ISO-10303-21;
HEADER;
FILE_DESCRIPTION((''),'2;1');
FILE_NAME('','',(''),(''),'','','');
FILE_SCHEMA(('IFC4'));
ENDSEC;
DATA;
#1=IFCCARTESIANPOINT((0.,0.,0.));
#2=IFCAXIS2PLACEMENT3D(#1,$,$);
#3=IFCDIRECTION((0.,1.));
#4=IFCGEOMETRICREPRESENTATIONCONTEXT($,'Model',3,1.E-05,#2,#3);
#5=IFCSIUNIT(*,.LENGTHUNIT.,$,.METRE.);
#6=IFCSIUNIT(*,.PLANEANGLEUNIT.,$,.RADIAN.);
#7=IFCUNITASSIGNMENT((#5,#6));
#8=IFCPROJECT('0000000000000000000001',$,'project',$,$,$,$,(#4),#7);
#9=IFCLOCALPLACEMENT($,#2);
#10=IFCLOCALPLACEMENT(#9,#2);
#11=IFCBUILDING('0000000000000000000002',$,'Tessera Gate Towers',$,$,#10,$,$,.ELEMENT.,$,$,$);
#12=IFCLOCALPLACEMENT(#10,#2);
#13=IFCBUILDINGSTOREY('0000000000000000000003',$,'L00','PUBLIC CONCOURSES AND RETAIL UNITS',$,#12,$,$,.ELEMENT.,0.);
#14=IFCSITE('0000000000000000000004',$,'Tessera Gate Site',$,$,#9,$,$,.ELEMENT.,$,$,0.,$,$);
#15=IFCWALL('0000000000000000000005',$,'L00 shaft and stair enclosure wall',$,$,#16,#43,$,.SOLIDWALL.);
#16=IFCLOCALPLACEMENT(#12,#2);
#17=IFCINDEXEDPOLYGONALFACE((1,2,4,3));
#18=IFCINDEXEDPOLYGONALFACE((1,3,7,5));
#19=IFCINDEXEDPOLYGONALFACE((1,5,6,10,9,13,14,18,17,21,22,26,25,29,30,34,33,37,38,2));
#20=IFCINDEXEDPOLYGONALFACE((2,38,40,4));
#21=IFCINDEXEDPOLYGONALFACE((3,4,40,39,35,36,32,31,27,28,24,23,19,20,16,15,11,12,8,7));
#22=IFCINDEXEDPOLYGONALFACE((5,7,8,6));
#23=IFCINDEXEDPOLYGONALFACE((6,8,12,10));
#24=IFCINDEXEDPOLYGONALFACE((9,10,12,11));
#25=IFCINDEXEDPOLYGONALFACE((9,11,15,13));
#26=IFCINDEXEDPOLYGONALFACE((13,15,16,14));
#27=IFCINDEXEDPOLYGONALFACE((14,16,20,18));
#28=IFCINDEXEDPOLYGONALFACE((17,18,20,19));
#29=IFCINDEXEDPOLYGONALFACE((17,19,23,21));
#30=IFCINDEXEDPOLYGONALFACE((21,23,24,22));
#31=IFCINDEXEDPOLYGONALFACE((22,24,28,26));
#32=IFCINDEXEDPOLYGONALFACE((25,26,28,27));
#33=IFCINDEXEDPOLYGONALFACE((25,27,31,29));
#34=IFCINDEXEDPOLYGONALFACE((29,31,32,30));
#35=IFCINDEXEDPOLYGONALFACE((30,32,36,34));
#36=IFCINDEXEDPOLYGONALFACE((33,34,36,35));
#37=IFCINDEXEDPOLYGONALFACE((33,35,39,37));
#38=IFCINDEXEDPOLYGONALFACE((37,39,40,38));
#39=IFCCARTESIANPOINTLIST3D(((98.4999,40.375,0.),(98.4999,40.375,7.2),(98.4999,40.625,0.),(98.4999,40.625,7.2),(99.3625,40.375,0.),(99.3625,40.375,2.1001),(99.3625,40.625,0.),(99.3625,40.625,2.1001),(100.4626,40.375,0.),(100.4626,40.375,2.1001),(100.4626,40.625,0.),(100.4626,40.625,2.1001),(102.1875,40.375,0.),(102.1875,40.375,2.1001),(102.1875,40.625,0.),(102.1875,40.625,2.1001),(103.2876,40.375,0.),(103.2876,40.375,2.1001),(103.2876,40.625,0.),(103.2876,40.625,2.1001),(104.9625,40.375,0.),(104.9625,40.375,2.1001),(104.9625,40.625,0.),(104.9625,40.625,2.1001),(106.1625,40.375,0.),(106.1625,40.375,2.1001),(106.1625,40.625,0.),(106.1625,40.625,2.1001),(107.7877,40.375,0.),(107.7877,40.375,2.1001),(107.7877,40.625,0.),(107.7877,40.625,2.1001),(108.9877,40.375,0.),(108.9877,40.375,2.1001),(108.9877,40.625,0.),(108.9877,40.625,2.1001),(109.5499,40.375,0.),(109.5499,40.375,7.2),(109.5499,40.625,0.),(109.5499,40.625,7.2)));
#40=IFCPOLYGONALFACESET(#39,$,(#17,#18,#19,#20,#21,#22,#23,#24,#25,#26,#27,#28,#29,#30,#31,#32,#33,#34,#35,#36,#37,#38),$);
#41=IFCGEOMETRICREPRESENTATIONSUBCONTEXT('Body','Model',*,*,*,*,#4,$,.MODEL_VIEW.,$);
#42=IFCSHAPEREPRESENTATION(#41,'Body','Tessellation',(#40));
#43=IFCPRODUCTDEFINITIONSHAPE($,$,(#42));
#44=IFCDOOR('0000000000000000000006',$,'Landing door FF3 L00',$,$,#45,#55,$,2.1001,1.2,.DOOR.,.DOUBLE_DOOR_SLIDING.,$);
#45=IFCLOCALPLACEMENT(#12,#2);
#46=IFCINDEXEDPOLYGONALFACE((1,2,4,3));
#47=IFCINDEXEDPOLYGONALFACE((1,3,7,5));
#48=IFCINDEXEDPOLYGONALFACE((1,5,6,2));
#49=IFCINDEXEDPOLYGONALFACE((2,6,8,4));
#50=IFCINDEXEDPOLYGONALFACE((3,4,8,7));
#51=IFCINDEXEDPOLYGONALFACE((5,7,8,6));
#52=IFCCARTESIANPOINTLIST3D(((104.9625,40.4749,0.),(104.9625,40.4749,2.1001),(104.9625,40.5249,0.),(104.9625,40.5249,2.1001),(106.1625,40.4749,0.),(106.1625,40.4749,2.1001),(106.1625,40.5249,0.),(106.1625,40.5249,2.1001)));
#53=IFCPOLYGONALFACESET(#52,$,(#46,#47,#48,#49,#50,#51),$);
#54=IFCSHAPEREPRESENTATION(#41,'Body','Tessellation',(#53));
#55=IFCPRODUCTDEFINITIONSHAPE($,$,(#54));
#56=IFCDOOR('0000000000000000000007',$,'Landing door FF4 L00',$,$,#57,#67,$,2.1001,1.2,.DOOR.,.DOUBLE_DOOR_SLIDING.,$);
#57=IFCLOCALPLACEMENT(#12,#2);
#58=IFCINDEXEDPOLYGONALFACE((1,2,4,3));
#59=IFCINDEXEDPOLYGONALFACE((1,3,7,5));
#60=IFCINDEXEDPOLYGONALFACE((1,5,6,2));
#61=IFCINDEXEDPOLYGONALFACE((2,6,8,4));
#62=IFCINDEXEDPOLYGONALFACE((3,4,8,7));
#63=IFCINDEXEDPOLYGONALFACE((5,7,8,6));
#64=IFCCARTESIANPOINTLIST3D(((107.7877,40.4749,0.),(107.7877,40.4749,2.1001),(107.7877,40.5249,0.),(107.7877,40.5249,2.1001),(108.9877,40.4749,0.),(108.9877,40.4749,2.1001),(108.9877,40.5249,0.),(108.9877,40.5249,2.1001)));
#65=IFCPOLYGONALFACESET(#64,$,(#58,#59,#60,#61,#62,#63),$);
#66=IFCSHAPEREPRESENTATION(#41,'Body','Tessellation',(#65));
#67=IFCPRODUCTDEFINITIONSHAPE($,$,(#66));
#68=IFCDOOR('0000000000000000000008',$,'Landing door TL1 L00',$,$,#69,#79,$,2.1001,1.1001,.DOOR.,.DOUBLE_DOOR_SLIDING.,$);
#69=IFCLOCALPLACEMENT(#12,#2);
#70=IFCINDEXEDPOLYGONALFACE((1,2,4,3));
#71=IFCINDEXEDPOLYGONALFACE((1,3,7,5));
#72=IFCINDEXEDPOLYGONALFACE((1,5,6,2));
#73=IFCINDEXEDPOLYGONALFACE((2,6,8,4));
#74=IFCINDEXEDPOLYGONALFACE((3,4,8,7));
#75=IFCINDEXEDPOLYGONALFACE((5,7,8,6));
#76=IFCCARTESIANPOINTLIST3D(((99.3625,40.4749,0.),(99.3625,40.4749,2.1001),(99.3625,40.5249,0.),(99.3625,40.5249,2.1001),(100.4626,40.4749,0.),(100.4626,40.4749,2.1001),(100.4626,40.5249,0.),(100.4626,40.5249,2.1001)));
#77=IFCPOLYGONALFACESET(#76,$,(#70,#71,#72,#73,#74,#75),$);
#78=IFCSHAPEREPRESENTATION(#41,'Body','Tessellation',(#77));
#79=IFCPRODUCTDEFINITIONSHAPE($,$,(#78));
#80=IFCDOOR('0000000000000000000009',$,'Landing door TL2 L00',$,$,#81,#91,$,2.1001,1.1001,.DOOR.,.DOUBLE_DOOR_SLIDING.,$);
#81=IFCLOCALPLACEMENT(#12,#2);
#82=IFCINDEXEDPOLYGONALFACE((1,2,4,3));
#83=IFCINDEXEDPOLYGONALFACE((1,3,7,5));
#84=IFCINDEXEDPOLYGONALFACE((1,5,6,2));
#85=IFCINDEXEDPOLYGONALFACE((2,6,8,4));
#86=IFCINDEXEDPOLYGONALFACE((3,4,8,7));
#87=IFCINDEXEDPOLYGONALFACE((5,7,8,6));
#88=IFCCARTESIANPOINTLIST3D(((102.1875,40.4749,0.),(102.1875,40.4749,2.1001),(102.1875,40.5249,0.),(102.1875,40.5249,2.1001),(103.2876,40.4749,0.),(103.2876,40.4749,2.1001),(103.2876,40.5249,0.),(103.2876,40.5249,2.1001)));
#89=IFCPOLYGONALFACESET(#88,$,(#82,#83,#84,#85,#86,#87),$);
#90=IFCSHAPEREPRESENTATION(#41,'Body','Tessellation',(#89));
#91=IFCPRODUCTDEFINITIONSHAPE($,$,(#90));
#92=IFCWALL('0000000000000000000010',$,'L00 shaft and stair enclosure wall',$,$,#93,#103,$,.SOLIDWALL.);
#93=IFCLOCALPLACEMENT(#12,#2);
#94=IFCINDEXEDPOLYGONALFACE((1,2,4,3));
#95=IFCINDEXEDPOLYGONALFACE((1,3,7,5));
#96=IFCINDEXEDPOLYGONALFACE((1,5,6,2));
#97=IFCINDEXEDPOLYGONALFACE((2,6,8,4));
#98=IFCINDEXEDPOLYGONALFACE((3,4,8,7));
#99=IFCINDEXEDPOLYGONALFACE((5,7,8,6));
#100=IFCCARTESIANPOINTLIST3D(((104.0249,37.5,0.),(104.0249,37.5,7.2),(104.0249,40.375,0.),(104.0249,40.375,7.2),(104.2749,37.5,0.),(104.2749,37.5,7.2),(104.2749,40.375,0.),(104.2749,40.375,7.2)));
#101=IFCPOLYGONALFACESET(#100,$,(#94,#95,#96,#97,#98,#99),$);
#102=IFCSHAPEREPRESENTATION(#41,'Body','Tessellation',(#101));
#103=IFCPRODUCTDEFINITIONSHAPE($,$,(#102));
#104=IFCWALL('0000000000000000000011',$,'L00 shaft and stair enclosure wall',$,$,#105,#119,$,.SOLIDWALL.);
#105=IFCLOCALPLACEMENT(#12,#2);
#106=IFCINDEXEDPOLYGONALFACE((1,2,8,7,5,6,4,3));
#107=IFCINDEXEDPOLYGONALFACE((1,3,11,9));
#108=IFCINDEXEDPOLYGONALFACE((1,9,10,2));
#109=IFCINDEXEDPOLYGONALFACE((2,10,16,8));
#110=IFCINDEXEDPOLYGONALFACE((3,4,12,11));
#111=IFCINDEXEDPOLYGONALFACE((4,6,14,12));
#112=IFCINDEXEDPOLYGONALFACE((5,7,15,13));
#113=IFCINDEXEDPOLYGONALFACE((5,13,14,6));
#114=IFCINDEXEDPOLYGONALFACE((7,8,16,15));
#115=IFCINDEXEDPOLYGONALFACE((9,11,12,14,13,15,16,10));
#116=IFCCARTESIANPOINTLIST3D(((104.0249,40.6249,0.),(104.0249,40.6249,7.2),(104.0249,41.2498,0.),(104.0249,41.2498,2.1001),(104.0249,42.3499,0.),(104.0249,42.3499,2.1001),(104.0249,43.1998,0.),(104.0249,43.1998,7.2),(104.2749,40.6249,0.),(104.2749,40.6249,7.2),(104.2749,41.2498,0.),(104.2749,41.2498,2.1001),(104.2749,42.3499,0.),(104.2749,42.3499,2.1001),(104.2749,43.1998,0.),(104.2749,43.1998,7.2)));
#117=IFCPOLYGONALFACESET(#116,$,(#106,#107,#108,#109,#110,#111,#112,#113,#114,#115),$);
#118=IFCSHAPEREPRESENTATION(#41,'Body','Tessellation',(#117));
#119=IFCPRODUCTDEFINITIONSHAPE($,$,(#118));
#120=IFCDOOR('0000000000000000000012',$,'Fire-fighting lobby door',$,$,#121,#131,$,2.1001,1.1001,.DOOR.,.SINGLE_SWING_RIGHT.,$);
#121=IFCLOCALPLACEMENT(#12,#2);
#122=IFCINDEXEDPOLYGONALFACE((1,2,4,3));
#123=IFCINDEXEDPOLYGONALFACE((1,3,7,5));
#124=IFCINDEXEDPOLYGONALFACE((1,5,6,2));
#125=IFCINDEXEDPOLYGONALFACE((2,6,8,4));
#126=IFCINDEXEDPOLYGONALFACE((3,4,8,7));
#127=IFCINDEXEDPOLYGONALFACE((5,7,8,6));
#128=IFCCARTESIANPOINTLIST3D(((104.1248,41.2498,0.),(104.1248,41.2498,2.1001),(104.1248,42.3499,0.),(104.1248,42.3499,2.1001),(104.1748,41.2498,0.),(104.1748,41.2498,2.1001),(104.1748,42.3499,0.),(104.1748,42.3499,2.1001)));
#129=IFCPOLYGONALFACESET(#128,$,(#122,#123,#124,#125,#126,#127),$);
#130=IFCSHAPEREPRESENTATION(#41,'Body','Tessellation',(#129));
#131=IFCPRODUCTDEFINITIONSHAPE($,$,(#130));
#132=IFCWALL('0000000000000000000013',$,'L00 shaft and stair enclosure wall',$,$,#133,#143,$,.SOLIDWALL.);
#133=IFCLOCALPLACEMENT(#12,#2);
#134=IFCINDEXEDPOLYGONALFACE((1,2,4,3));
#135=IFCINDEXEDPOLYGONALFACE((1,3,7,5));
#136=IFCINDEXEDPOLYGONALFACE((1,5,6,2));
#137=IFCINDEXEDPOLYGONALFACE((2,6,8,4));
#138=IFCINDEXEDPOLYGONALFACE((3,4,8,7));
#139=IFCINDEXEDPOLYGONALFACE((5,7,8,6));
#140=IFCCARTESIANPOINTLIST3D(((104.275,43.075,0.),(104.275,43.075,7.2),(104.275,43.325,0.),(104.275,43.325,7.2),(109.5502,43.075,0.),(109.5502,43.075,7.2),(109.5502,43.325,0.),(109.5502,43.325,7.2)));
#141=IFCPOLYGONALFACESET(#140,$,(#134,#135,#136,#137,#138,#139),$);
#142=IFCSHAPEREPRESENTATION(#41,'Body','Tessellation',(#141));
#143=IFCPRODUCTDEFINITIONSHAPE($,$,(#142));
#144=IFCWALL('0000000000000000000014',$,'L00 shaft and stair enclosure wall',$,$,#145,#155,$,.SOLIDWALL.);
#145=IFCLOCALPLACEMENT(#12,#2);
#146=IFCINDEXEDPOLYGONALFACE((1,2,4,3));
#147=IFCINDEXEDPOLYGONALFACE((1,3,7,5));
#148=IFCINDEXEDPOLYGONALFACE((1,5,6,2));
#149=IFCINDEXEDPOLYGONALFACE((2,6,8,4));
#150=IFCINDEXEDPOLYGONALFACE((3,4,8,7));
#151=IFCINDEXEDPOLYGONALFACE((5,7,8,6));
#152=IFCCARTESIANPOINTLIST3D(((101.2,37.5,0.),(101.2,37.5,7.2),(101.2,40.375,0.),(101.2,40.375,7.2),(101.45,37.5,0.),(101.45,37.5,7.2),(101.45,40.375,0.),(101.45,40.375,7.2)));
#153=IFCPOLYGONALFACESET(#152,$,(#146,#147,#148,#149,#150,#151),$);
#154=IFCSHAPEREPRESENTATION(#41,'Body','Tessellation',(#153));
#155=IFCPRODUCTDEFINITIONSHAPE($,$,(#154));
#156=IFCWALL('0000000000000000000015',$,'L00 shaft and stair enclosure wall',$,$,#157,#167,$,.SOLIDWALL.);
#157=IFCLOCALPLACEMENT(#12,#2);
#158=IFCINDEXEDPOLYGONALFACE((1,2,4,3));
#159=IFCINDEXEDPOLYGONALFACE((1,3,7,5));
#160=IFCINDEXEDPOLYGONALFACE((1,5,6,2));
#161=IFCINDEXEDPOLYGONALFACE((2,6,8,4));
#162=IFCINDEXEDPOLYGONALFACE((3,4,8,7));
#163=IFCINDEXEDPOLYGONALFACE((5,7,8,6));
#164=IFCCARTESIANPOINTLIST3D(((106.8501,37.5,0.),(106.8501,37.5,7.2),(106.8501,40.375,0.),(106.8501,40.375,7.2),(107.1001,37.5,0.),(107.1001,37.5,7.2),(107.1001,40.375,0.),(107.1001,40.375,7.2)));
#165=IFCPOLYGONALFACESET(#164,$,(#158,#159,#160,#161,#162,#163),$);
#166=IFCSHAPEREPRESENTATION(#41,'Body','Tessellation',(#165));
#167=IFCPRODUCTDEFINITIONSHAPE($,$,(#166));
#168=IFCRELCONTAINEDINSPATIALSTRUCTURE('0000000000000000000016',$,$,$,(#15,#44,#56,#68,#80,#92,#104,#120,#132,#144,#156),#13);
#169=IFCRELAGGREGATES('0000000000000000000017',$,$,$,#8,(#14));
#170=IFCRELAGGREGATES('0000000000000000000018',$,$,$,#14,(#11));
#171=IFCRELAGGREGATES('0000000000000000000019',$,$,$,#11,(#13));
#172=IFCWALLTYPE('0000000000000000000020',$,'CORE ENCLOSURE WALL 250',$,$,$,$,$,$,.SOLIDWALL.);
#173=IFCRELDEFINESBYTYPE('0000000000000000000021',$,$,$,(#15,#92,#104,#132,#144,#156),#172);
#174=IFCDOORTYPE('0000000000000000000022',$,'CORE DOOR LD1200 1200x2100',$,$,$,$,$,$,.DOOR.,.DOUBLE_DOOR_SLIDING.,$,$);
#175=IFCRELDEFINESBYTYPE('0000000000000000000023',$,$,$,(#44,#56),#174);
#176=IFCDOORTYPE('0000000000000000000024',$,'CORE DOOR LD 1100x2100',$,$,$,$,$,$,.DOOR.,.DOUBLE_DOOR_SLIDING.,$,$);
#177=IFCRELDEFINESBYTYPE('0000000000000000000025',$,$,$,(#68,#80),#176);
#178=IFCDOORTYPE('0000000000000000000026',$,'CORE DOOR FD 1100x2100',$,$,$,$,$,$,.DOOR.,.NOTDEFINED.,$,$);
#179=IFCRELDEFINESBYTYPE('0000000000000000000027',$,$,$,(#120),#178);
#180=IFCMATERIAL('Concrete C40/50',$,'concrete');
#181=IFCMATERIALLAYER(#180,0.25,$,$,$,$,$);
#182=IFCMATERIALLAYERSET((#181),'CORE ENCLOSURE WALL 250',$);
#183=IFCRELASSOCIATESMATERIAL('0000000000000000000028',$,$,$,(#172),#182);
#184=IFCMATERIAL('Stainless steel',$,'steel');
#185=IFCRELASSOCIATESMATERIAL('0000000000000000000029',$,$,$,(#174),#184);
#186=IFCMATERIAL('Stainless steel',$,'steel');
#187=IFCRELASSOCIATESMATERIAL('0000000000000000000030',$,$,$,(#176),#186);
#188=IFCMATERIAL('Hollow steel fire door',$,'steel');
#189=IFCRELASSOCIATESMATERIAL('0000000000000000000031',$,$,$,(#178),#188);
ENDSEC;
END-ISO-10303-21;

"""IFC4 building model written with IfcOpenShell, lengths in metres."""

from ifc_helpers import new_model, si_unit, direction, frame, frame_2d, origin, place, context, subcontext, project, spatial, rectangle, extrude, source, transform, mapped, material, layer, layer_set, type_object, element, fill, save


model = new_model("IFC4")

# Units and contexts
model_context = context("Model", 3, precision=1e-05, world=origin(), true_north=direction((0.0, 1.0)))
body_context = subcontext(model_context, "Body", "Model", "MODEL_VIEW")
ifc_project = project(units=[si_unit("LENGTHUNIT", "METRE"), si_unit("PLANEANGLEUNIT", "RADIAN")], contexts=[model_context])

# Site, building, storey
site_placement = place(None, origin())
site = spatial("IfcSite", under=ifc_project, at=site_placement, Name="Tessera Gate Site", CompositionType="ELEMENT", RefElevation=0.0)
building_placement = place(site_placement, origin())
building = spatial("IfcBuilding", under=site, at=building_placement, Name="Tessera Gate Towers", CompositionType="ELEMENT")
storey_placement = place(building_placement, origin())
storey = spatial("IfcBuildingStorey", under=building, at=storey_placement, Name="L00", Description="PUBLIC CONCOURSES AND RETAIL UNITS", CompositionType="ELEMENT", Elevation=0.0)

# Wall, openings, doors
ifc_material_1 = material(Name="Concrete C40/50", Category="concrete")
ifc_layer_1 = layer(ifc_material_1, 0.25)
ifc_layer_set_1 = layer_set([ifc_layer_1], Name="CORE ENCLOSURE WALL 250")
wall_type_1 = type_object("IfcWallType", Name="CORE ENCLOSURE WALL 250", PredefinedType="SOLIDWALL", material=ifc_layer_set_1)
wall_1_placement = place(storey_placement, frame((98.5, 40.5, 0.0), z_axis=(0.0, 0.0, 1.0), x_axis=(1.0, 0.0, 0.0)))
wall_1 = element("IfcWall", 1, at=wall_1_placement, inside=storey, type_object=wall_type_1, Name="L00 shaft and stair enclosure wall", PredefinedType="SOLIDWALL", context=body_context, shape_type="SweptSolid", body=[
    extrude(rectangle(XDim=11.05, YDim=0.25, at=frame_2d((5.5249, 0.0))), origin(), (0.0, 0.0, 1.0), 7.2),
])
shared_shape_1 = source(origin(), body_context, "Body", "SweptSolid", [
    extrude(rectangle(XDim=1.1001, YDim=2.1001, at=frame_2d((0.55, 1.05))), frame((0.0, 0.135, 0.0), z_axis=(0.0, -1.0, 0.0), x_axis=(1.0, 0.0, 0.0)), (0.0, 0.0, 1.0), 0.27),
])
opening_1_placement = place(wall_1_placement, frame((0.8625, 0.0, 0.0)))
opening_1 = element("IfcOpeningElement", 2, at=opening_1_placement, cuts=wall_1, PredefinedType="OPENING", context=body_context, shape_type="MappedRepresentation", body=[
    mapped(shared_shape_1, transform((0.0, 0.0, 0.0), scale=1.0)),
])
opening_2_placement = place(wall_1_placement, frame((3.6875, 0.0, 0.0)))
opening_2 = element("IfcOpeningElement", 3, at=opening_2_placement, cuts=wall_1, PredefinedType="OPENING", context=body_context, shape_type="MappedRepresentation", body=[
    mapped(shared_shape_1, transform((0.0, 0.0, 0.0), scale=1.0)),
])
shared_shape_2 = source(origin(), body_context, "Body", "SweptSolid", [
    extrude(rectangle(XDim=1.2, YDim=2.1001, at=frame_2d((0.6001, 1.05))), frame((0.0, 0.135, 0.0), z_axis=(0.0, -1.0, 0.0), x_axis=(1.0, 0.0, 0.0)), (0.0, 0.0, 1.0), 0.27),
])
opening_3_placement = place(wall_1_placement, frame((6.4624, 0.0, 0.0)))
opening_3 = element("IfcOpeningElement", 4, at=opening_3_placement, cuts=wall_1, PredefinedType="OPENING", context=body_context, shape_type="MappedRepresentation", body=[
    mapped(shared_shape_2, transform((0.0, 0.0, 0.0), scale=1.0)),
])
opening_4_placement = place(wall_1_placement, frame((9.2876, 0.0, 0.0)))
opening_4 = element("IfcOpeningElement", 5, at=opening_4_placement, cuts=wall_1, PredefinedType="OPENING", context=body_context, shape_type="MappedRepresentation", body=[
    mapped(shared_shape_2, transform((0.0, 0.0, 0.0), scale=1.0)),
])
ifc_material_2 = material(Name="Stainless steel", Category="steel")
door_type_1 = type_object("IfcDoorType", Name="CORE DOOR LD1200 1200x2100", OperationType="DOUBLE_DOOR_SLIDING", PredefinedType="DOOR", material=ifc_material_2)
shared_shape_3 = source(origin(), body_context, "Body", "SweptSolid", [
    extrude(rectangle(XDim=1.2, YDim=2.1001, at=frame_2d((0.6001, 1.05))), frame((0.0, 0.0249, 0.0), z_axis=(0.0, -1.0, 0.0), x_axis=(1.0, 0.0, 0.0)), (0.0, 0.0, 1.0), 0.05),
])
door_1_placement = place(opening_3_placement, origin())
door_1 = element("IfcDoor", 6, at=door_1_placement, inside=storey, type_object=door_type_1, Name="Landing door FF3 L00", OperationType="DOUBLE_DOOR_SLIDING", OverallHeight=2.1001, OverallWidth=1.2, PredefinedType="DOOR", context=body_context, shape_type="MappedRepresentation", body=[
    mapped(shared_shape_3, transform((0.0, 0.0, 0.0), scale=1.0)),
])
fill(opening_3, door_1)
door_2_placement = place(opening_4_placement, origin())
door_2 = element("IfcDoor", 7, at=door_2_placement, inside=storey, type_object=door_type_1, Name="Landing door FF4 L00", OperationType="DOUBLE_DOOR_SLIDING", OverallHeight=2.1001, OverallWidth=1.2, PredefinedType="DOOR", context=body_context, shape_type="MappedRepresentation", body=[
    mapped(shared_shape_3, transform((0.0, 0.0, 0.0), scale=1.0)),
])
fill(opening_4, door_2)
ifc_material_3 = material(Name="Stainless steel", Category="steel")
door_type_2 = type_object("IfcDoorType", Name="CORE DOOR LD 1100x2100", OperationType="DOUBLE_DOOR_SLIDING", PredefinedType="DOOR", material=ifc_material_3)
shared_shape_4 = source(origin(), body_context, "Body", "SweptSolid", [
    extrude(rectangle(XDim=1.1001, YDim=2.1001, at=frame_2d((0.55, 1.05))), frame((0.0, 0.0249, 0.0), z_axis=(0.0, -1.0, 0.0), x_axis=(1.0, 0.0, 0.0)), (0.0, 0.0, 1.0), 0.05),
])
door_3_placement = place(opening_1_placement, origin())
door_3 = element("IfcDoor", 8, at=door_3_placement, inside=storey, type_object=door_type_2, Name="Landing door TL1 L00", OperationType="DOUBLE_DOOR_SLIDING", OverallHeight=2.1001, OverallWidth=1.1001, PredefinedType="DOOR", context=body_context, shape_type="MappedRepresentation", body=[
    mapped(shared_shape_4, transform((0.0, 0.0, 0.0), scale=1.0)),
])
fill(opening_1, door_3)
door_4_placement = place(opening_2_placement, origin())
door_4 = element("IfcDoor", 9, at=door_4_placement, inside=storey, type_object=door_type_2, Name="Landing door TL2 L00", OperationType="DOUBLE_DOOR_SLIDING", OverallHeight=2.1001, OverallWidth=1.1001, PredefinedType="DOOR", context=body_context, shape_type="MappedRepresentation", body=[
    mapped(shared_shape_4, transform((0.0, 0.0, 0.0), scale=1.0)),
])
fill(opening_2, door_4)

# Wall
wall_2_placement = place(storey_placement, frame((104.1499, 37.5, 0.0), z_axis=(0.0, 0.0, 1.0), x_axis=(0.0, 1.0, 0.0)))
element("IfcWall", 10, at=wall_2_placement, inside=storey, type_object=wall_type_1, Name="L00 shaft and stair enclosure wall", PredefinedType="SOLIDWALL", context=body_context, shape_type="SweptSolid", body=[
    extrude(rectangle(XDim=2.875, YDim=0.25, at=frame_2d((1.4375, 0.0))), origin(), (0.0, 0.0, 1.0), 7.2),
])

# Wall, opening, door
wall_3_placement = place(storey_placement, frame((104.1499, 43.2, 0.0), z_axis=(0.0, 0.0, 1.0), x_axis=(0.0, -1.0, 0.0)))
wall_3 = element("IfcWall", 11, at=wall_3_placement, inside=storey, type_object=wall_type_1, Name="L00 shaft and stair enclosure wall", PredefinedType="SOLIDWALL", context=body_context, shape_type="SweptSolid", body=[
    extrude(rectangle(XDim=2.575, YDim=0.25, at=frame_2d((1.2876, 0.0))), origin(), (0.0, 0.0, 1.0), 7.2),
])
opening_5_placement = place(wall_3_placement, frame((0.8501, 0.0, 0.0)))
opening_5 = element("IfcOpeningElement", 12, at=opening_5_placement, cuts=wall_3, PredefinedType="OPENING", context=body_context, shape_type="MappedRepresentation", body=[
    mapped(shared_shape_1, transform((0.0, 0.0, 0.0), scale=1.0)),
])
ifc_material_4 = material(Name="Hollow steel fire door", Category="steel")
door_type_3 = type_object("IfcDoorType", Name="CORE DOOR FD 1100x2100", OperationType="NOTDEFINED", PredefinedType="DOOR", material=ifc_material_4)
door_5_placement = place(opening_5_placement, origin())
door_5 = element("IfcDoor", 13, at=door_5_placement, inside=storey, type_object=door_type_3, Name="Fire-fighting lobby door", OperationType="SINGLE_SWING_RIGHT", OverallHeight=2.1001, OverallWidth=1.1001, PredefinedType="DOOR", context=body_context, shape_type="MappedRepresentation", body=[
    mapped(shared_shape_4, transform((0.0, 0.0, 0.0), scale=1.0)),
])
fill(opening_5, door_5)

# Walls
wall_4_placement = place(storey_placement, frame((104.2749, 43.2, 0.0), z_axis=(0.0, 0.0, 1.0), x_axis=(1.0, 0.0, 0.0)))
element("IfcWall", 14, at=wall_4_placement, inside=storey, type_object=wall_type_1, Name="L00 shaft and stair enclosure wall", PredefinedType="SOLIDWALL", context=body_context, shape_type="SweptSolid", body=[
    extrude(rectangle(XDim=5.2751, YDim=0.25, at=frame_2d((2.6377, 0.0))), origin(), (0.0, 0.0, 1.0), 7.2),
])
for number, where, z_axis, x_axis, name in (
    (15, (101.325, 37.5, 0.0), (0.0, 0.0, 1.0), (0.0, 1.0, 0.0), "L00 shaft and stair enclosure wall"),
    (16, (106.9751, 37.5, 0.0), (0.0, 0.0, 1.0), (0.0, 1.0, 0.0), "L00 shaft and stair enclosure wall"),
):
    element("IfcWall", number, at=place(storey_placement, frame(where, z_axis=z_axis, x_axis=x_axis)), inside=storey, type_object=wall_type_1, Name=name, PredefinedType="SOLIDWALL", context=body_context, shape_type="SweptSolid", body=[
        extrude(rectangle(XDim=2.875, YDim=0.25, at=frame_2d((1.4375, 0.0))), origin(), (0.0, 0.0, 1.0), 7.2),
    ])

save(model, "model.ifc")
